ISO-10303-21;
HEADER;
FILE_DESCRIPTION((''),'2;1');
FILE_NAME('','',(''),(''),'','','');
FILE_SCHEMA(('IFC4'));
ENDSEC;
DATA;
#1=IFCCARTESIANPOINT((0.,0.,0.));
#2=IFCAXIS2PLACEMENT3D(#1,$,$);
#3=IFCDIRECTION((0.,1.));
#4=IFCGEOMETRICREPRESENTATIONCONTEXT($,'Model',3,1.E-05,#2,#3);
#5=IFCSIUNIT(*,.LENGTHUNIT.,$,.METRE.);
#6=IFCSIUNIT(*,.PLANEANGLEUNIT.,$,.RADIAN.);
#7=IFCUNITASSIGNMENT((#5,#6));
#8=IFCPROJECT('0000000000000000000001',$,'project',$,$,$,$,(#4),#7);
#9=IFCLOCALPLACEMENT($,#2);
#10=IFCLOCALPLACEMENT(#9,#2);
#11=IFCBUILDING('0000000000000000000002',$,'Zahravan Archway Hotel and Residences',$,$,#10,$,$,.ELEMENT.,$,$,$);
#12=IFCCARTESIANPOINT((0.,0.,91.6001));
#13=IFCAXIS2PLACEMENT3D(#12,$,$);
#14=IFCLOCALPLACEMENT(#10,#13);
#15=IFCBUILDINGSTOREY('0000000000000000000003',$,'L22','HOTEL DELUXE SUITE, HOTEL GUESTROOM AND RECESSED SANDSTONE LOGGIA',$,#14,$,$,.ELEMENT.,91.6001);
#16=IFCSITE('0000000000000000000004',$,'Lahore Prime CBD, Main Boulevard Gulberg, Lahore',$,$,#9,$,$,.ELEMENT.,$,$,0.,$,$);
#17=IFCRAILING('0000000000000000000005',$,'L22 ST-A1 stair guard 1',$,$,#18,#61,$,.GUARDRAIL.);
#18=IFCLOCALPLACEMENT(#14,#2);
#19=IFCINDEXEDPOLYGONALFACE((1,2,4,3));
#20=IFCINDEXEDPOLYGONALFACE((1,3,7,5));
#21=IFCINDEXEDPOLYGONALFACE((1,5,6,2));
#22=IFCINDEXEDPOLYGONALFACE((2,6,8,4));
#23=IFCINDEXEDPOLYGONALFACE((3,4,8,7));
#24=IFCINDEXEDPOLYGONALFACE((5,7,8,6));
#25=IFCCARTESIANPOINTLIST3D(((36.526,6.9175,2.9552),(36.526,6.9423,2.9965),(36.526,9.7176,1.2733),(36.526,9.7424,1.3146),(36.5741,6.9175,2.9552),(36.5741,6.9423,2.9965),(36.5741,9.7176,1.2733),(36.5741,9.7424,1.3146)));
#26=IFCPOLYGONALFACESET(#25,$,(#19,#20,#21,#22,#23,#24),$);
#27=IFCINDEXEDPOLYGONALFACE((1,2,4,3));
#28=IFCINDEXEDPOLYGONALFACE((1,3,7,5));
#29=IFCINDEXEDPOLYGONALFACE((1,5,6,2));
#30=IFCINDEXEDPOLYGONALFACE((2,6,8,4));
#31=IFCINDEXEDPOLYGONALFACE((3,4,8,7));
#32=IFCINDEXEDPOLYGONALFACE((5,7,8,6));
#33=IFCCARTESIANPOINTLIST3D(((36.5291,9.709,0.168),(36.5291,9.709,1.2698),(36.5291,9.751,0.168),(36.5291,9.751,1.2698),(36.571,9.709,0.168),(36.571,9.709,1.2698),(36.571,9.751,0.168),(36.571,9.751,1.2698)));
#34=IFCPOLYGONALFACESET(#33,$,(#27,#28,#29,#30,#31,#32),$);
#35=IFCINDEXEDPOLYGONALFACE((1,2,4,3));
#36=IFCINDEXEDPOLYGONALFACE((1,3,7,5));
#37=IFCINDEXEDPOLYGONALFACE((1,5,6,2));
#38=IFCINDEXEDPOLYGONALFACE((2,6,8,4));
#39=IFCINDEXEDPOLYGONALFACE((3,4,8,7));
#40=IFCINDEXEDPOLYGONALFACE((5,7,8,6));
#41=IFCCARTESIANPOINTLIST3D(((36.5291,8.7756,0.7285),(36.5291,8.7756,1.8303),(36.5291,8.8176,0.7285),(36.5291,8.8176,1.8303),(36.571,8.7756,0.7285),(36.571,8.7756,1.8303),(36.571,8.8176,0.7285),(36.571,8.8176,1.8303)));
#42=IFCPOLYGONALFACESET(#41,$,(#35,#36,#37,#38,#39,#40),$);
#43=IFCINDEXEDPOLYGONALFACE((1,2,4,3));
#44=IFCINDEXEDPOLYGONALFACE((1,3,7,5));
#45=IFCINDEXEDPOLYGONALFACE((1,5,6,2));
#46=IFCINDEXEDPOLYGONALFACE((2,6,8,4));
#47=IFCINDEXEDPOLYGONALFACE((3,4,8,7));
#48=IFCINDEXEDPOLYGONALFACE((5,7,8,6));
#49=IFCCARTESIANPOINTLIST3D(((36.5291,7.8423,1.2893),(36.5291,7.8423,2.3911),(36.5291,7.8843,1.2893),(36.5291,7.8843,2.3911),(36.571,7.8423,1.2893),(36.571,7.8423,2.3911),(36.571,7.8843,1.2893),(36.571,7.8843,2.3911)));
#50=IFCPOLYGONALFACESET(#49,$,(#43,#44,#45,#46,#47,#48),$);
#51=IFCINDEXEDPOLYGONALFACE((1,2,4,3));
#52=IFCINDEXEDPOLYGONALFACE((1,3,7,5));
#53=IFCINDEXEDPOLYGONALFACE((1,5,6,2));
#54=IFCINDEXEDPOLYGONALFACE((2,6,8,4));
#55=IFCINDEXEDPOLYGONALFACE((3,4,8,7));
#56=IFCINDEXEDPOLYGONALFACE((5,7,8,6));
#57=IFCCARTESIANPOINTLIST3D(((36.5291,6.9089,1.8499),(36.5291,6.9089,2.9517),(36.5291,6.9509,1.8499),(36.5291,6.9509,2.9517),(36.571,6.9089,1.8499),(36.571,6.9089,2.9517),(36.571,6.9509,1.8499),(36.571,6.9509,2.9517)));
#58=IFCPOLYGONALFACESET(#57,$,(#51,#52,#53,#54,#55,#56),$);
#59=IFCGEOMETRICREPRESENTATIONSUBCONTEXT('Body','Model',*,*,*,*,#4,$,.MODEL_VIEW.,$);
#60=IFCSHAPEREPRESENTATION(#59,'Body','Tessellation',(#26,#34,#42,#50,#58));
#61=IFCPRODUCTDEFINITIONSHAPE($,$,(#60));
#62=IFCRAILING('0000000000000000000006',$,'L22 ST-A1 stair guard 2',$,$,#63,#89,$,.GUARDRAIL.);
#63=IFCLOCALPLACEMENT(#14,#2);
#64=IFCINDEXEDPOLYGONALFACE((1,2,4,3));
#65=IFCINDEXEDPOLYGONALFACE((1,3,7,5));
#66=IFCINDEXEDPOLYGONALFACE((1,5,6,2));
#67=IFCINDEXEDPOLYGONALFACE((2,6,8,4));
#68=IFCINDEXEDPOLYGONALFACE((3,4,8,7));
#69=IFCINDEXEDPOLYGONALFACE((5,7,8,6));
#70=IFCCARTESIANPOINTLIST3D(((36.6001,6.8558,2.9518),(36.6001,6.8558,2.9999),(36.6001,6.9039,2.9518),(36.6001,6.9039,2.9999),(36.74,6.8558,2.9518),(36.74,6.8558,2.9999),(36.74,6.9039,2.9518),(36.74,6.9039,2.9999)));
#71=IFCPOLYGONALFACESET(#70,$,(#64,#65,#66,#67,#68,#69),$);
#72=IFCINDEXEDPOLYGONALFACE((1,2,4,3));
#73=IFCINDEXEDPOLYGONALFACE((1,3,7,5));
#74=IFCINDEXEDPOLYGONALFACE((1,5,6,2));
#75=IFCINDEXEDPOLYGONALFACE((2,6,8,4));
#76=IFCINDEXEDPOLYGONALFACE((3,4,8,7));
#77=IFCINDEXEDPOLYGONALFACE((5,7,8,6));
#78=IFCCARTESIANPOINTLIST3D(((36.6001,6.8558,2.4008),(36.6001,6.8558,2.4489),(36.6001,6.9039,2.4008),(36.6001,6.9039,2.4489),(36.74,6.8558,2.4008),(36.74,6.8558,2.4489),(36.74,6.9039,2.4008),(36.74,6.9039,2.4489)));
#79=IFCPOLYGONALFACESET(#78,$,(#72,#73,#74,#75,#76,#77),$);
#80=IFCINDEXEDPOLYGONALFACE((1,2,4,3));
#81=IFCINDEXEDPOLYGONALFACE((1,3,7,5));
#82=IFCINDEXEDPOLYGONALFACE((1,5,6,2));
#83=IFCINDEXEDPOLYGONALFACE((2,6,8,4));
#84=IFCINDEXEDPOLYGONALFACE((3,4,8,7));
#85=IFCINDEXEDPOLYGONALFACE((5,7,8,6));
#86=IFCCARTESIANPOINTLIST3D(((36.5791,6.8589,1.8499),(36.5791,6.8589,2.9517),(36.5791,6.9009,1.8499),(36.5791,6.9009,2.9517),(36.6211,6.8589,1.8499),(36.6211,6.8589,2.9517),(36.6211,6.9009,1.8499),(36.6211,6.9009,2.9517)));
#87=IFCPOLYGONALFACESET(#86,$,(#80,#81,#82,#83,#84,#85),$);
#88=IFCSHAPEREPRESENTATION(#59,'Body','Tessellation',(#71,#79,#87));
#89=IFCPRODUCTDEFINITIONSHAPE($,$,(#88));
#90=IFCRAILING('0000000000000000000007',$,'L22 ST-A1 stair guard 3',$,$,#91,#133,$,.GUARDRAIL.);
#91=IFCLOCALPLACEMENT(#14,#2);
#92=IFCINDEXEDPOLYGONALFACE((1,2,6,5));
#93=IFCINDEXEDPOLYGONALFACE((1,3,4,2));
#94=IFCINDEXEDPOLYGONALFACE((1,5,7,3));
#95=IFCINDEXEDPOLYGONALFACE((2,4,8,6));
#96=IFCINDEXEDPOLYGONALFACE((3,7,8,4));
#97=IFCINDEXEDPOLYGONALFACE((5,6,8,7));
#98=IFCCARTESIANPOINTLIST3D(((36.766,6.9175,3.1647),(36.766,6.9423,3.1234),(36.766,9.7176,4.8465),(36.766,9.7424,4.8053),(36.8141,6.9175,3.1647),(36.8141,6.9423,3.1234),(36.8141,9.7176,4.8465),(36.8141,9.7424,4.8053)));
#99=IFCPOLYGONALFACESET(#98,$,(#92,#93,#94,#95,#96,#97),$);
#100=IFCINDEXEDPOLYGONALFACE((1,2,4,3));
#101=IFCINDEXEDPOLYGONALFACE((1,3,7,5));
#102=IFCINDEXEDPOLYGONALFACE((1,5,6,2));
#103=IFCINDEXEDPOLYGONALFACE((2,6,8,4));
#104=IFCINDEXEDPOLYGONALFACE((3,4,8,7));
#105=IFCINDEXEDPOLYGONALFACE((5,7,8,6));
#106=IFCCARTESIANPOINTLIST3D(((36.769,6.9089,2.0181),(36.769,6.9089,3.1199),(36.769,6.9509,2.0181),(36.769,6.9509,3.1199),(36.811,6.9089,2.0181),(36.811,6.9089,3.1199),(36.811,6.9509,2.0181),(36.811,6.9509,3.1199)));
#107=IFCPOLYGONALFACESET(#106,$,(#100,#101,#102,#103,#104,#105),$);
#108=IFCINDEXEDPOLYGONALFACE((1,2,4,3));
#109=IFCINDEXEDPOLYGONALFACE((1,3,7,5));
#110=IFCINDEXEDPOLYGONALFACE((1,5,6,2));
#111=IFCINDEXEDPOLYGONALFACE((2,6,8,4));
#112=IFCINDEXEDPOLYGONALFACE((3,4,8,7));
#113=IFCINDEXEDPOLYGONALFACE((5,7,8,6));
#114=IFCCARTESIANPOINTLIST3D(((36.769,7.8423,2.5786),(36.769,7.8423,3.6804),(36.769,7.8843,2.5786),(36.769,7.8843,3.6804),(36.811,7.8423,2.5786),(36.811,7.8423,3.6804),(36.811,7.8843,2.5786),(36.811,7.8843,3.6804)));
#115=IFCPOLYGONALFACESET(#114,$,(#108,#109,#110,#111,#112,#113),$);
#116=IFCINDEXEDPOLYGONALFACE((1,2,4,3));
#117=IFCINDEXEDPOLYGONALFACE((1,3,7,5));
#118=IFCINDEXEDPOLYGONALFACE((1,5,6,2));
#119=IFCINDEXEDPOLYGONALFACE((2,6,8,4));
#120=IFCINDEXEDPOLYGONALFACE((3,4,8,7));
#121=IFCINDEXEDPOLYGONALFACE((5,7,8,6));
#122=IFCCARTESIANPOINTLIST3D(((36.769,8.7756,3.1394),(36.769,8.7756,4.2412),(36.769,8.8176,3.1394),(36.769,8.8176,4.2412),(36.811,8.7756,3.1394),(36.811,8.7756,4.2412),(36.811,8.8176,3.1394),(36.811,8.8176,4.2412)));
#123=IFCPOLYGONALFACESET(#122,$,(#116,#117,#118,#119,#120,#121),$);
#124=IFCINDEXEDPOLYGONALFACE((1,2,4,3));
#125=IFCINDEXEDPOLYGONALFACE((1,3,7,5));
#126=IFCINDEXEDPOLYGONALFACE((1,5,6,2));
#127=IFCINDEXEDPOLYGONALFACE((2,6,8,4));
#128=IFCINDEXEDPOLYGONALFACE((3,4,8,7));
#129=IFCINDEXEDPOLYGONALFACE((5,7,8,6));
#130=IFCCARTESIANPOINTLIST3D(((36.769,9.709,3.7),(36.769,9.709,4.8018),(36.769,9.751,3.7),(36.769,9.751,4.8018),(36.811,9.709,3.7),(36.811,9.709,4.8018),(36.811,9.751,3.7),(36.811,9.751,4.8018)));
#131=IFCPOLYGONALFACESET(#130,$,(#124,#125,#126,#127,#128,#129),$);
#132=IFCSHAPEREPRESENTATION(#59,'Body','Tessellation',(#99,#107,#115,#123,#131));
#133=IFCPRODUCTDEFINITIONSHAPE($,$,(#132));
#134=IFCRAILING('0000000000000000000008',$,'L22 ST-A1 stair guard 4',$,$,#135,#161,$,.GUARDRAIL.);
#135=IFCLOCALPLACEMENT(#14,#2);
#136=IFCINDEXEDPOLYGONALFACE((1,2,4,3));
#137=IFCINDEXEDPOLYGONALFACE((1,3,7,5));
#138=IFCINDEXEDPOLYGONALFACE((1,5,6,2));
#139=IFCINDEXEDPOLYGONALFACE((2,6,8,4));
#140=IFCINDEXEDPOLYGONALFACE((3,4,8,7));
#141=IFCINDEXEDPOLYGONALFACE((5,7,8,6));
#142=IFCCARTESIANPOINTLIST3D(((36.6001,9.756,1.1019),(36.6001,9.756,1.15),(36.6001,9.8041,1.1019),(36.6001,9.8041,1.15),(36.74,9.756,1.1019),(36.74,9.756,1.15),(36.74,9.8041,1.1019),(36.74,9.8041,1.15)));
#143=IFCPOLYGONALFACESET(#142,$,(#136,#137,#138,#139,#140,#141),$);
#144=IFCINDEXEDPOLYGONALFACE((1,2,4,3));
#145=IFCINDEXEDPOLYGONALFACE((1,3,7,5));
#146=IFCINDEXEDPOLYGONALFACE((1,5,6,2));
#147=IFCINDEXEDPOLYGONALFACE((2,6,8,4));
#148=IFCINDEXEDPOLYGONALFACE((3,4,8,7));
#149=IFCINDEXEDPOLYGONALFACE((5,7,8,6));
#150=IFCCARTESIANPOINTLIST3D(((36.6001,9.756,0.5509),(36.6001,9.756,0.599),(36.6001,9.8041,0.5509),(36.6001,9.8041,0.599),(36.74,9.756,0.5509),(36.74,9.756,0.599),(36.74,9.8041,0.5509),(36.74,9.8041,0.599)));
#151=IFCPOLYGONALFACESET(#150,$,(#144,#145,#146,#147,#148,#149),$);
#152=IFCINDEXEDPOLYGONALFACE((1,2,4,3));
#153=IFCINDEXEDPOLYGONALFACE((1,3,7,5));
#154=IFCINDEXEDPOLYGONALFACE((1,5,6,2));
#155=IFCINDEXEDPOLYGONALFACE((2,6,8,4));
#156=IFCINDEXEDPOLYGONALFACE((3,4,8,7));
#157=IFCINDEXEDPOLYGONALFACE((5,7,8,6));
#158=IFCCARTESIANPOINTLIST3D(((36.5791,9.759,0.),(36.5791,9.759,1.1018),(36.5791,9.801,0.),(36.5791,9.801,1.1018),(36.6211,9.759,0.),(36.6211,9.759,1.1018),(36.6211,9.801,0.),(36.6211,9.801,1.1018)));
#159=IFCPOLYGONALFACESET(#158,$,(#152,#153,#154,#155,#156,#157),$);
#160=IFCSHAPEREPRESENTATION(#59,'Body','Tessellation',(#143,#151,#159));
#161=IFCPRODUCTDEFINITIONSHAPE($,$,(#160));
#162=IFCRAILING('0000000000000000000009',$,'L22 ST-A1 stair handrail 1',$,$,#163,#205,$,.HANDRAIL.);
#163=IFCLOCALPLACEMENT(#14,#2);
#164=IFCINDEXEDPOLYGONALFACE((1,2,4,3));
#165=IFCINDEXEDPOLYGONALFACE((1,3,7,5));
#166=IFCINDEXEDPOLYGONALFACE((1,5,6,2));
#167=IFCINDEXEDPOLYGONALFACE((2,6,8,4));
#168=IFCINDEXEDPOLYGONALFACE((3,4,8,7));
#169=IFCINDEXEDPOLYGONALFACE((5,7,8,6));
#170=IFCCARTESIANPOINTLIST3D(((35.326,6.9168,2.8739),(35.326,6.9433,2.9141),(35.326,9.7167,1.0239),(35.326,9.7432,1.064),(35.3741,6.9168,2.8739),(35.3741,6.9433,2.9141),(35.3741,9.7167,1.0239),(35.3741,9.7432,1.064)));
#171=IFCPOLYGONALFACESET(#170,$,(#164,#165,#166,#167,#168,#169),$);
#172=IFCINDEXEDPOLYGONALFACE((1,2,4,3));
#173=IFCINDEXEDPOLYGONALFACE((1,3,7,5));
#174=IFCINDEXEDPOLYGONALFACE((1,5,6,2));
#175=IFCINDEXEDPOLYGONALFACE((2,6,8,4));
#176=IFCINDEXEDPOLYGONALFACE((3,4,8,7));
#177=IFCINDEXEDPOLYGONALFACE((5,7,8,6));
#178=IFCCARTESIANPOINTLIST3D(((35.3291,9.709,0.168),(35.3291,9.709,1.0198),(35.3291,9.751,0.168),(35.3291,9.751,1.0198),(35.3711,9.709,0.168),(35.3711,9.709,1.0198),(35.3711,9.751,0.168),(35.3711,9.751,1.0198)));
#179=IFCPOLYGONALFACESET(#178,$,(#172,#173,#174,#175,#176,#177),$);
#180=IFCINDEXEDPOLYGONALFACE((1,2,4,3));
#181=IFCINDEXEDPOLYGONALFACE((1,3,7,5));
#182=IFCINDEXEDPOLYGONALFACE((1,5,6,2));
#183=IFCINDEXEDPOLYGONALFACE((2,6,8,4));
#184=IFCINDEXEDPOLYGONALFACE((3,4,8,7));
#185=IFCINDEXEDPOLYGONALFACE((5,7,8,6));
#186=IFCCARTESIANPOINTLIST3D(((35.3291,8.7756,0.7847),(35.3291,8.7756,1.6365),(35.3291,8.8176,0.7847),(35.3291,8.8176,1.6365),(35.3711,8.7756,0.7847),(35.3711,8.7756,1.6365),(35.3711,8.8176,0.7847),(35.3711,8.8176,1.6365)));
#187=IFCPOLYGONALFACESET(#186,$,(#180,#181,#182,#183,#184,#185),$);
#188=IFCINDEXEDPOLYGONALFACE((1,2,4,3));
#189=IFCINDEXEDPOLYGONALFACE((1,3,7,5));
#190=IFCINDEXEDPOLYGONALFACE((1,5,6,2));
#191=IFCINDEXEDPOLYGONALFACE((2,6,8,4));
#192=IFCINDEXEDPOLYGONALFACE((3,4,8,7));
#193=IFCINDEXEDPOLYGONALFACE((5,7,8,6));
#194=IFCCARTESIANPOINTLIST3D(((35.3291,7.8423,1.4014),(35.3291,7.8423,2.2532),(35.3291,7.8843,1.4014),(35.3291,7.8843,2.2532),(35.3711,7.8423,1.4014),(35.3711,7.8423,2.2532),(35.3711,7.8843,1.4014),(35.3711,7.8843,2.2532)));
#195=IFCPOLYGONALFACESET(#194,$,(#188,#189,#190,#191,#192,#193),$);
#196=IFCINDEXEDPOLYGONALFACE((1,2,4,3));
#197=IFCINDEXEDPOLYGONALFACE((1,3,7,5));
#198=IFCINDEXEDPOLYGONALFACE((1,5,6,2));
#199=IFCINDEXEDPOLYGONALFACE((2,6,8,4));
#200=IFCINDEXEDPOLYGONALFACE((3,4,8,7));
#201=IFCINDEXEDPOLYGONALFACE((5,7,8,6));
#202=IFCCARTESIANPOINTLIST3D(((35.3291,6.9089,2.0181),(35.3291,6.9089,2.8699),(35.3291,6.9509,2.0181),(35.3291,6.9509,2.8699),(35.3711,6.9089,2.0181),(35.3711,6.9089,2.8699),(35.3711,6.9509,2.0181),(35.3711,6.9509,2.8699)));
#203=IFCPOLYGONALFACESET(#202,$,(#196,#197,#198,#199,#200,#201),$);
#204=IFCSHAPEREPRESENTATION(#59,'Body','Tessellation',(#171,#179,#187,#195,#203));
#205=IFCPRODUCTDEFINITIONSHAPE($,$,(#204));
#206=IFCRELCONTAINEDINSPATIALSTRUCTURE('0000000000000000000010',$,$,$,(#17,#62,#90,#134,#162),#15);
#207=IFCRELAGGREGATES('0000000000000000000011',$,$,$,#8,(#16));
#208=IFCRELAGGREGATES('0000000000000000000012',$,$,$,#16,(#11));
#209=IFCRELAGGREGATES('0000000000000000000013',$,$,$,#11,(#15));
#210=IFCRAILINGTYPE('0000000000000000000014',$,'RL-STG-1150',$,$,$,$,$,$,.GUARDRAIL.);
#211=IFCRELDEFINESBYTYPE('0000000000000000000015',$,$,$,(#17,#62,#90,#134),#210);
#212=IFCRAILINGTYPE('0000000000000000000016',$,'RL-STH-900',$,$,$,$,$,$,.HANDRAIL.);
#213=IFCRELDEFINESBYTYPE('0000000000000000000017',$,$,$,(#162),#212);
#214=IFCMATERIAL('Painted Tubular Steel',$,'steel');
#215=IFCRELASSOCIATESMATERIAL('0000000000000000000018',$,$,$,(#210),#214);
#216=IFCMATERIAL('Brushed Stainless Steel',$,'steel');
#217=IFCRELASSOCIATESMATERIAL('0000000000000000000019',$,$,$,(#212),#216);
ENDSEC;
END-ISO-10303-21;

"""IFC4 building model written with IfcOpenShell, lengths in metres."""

from ifc_helpers import new_model, si_unit, direction, frame, origin, origin_2d, place, context, subcontext, project, spatial, rectangle, extrude, material, type_object, element, save


model = new_model("IFC4")

# Units and contexts
model_context = context("Model", 3, precision=1e-05, world=origin(), true_north=direction((0.0, 1.0)))
body_context = subcontext(model_context, "Body", "Model", "MODEL_VIEW")
ifc_project = project(units=[si_unit("LENGTHUNIT", "METRE"), si_unit("PLANEANGLEUNIT", "RADIAN")], contexts=[model_context])

# Site, building, storey
site_placement = place(None, origin())
site = spatial("IfcSite", under=ifc_project, at=site_placement, Name="Lahore Prime CBD, Main Boulevard Gulberg, Lahore", CompositionType="ELEMENT", RefElevation=0.0)
building_placement = place(site_placement, origin())
building = spatial("IfcBuilding", under=site, at=building_placement, Name="Zahravan Archway Hotel and Residences", CompositionType="ELEMENT")
storey_placement = place(building_placement, frame((0.0, 0.0, 91.6001)))
storey = spatial("IfcBuildingStorey", under=building, at=storey_placement, Name="L22", Description="HOTEL DELUXE SUITE, HOTEL GUESTROOM AND RECESSED SANDSTONE LOGGIA", CompositionType="ELEMENT", Elevation=91.6001)

# Shared definitions
ifc_material_1 = material(Name="Brushed Stainless Steel", Category="steel")

# Railings
ifc_material_2 = material(Name="Painted Tubular Steel", Category="steel")
railing_type_1 = type_object("IfcRailingType", Name="RL-STG-1150", PredefinedType="GUARDRAIL", material=ifc_material_2)
railing_1_placement = place(storey_placement, frame((36.55, 9.73, 0.168)))
element("IfcRailing", 1, at=railing_1_placement, inside=storey, type_object=railing_type_1, Name="L22 ST-A1 stair guard 1", PredefinedType="GUARDRAIL", context=body_context, shape_type="SweptSolid", body=[
    extrude(rectangle(XDim=0.0481, YDim=0.0481, at=origin_2d()), frame((0.0, 0.0, 1.126), z_axis=(0.0, -0.857242, 0.514913), x_axis=(1.0, 0.0, 0.0)), (0.0, 0.0, 1.0), 3.2664),
    extrude(rectangle(XDim=0.042, YDim=0.042, at=origin_2d()), origin(), (0.0, 0.0, 1.0), 1.1018),
    extrude(rectangle(XDim=0.042, YDim=0.042, at=origin_2d()), frame((0.0, -0.9333, 0.5605)), (0.0, 0.0, 1.0), 1.1018),
    extrude(rectangle(XDim=0.042, YDim=0.042, at=origin_2d()), frame((0.0, -1.8667, 1.1213)), (0.0, 0.0, 1.0), 1.1018),
    extrude(rectangle(XDim=0.042, YDim=0.042, at=origin_2d()), frame((0.0, -2.8, 1.6819)), (0.0, 0.0, 1.0), 1.1018),
])
railing_2_placement = place(storey_placement, frame((36.6001, 6.8799, 1.8499)))
element("IfcRailing", 2, at=railing_2_placement, inside=storey, type_object=railing_type_1, Name="L22 ST-A1 stair guard 2", PredefinedType="GUARDRAIL", context=body_context, shape_type="SweptSolid", body=[
    extrude(rectangle(XDim=0.0481, YDim=0.0481, at=origin_2d()), frame((0.0, 0.0, 1.126), z_axis=(1.0, 0.0, 0.0), x_axis=(0.0, 1.0, 0.0)), (0.0, 0.0, 1.0), 0.1399),
    extrude(rectangle(XDim=0.0481, YDim=0.0481, at=origin_2d()), frame((0.0, 0.0, 0.575), z_axis=(1.0, 0.0, 0.0), x_axis=(0.0, 1.0, 0.0)), (0.0, 0.0, 1.0), 0.1399),
    extrude(rectangle(XDim=0.042, YDim=0.042, at=origin_2d()), origin(), (0.0, 0.0, 1.0), 1.1018),
])
railing_3_placement = place(storey_placement, frame((36.79, 6.9299, 2.0181)))
element("IfcRailing", 3, at=railing_3_placement, inside=storey, type_object=railing_type_1, Name="L22 ST-A1 stair guard 3", PredefinedType="GUARDRAIL", context=body_context, shape_type="SweptSolid", body=[
    extrude(rectangle(XDim=0.0481, YDim=0.0481, at=origin_2d()), frame((0.0, 0.0, 1.126), z_axis=(0.0, 0.857242, 0.514913), x_axis=(-1.0, 0.0, 0.0)), (0.0, 0.0, 1.0), 3.2664),
    extrude(rectangle(XDim=0.042, YDim=0.042, at=origin_2d()), origin(), (0.0, 0.0, 1.0), 1.1018),
    extrude(rectangle(XDim=0.042, YDim=0.042, at=origin_2d()), frame((0.0, 0.9333, 0.5605)), (0.0, 0.0, 1.0), 1.1018),
    extrude(rectangle(XDim=0.042, YDim=0.042, at=origin_2d()), frame((0.0, 1.8667, 1.1213)), (0.0, 0.0, 1.0), 1.1018),
    extrude(rectangle(XDim=0.042, YDim=0.042, at=origin_2d()), frame((0.0, 2.8, 1.6819)), (0.0, 0.0, 1.0), 1.1018),
])
railing_4_placement = place(storey_placement, frame((36.6001, 9.78, 0.0)))
element("IfcRailing", 4, at=railing_4_placement, inside=storey, type_object=railing_type_1, Name="L22 ST-A1 stair guard 4", PredefinedType="GUARDRAIL", context=body_context, shape_type="SweptSolid", body=[
    extrude(rectangle(XDim=0.0481, YDim=0.0481, at=origin_2d()), frame((0.0, 0.0, 1.126), z_axis=(1.0, 0.0, 0.0), x_axis=(0.0, 1.0, 0.0)), (0.0, 0.0, 1.0), 0.1399),
    extrude(rectangle(XDim=0.0481, YDim=0.0481, at=origin_2d()), frame((0.0, 0.0, 0.575), z_axis=(1.0, 0.0, 0.0), x_axis=(0.0, 1.0, 0.0)), (0.0, 0.0, 1.0), 0.1399),
    extrude(rectangle(XDim=0.042, YDim=0.042, at=origin_2d()), origin(), (0.0, 0.0, 1.0), 1.1018),
])
railing_type_2 = type_object("IfcRailingType", Name="RL-STH-900", PredefinedType="HANDRAIL", material=ifc_material_1)
railing_5_placement = place(storey_placement, frame((35.3501, 9.73, 0.168)))
element("IfcRailing", 5, at=railing_5_placement, inside=storey, type_object=railing_type_2, Name="L22 ST-A1 stair handrail 1", PredefinedType="HANDRAIL", context=body_context, shape_type="SweptSolid", body=[
    extrude(rectangle(XDim=0.0481, YDim=0.0481, at=origin_2d()), frame((0.0, 0.0, 0.876), z_axis=(0.0, -0.834326, 0.551271), x_axis=(1.0, 0.0, 0.0)), (0.0, 0.0, 1.0), 3.356),
    extrude(rectangle(XDim=0.042, YDim=0.042, at=origin_2d()), origin(), (0.0, 0.0, 1.0), 0.8518),
    extrude(rectangle(XDim=0.042, YDim=0.042, at=origin_2d()), frame((0.0, -0.9333, 0.6167)), (0.0, 0.0, 1.0), 0.8518),
    extrude(rectangle(XDim=0.042, YDim=0.042, at=origin_2d()), frame((0.0, -1.8667, 1.2334)), (0.0, 0.0, 1.0), 0.8518),
    extrude(rectangle(XDim=0.042, YDim=0.042, at=origin_2d()), frame((0.0, -2.8, 1.8501)), (0.0, 0.0, 1.0), 0.8518),
])

save(model, "model.ifc")
